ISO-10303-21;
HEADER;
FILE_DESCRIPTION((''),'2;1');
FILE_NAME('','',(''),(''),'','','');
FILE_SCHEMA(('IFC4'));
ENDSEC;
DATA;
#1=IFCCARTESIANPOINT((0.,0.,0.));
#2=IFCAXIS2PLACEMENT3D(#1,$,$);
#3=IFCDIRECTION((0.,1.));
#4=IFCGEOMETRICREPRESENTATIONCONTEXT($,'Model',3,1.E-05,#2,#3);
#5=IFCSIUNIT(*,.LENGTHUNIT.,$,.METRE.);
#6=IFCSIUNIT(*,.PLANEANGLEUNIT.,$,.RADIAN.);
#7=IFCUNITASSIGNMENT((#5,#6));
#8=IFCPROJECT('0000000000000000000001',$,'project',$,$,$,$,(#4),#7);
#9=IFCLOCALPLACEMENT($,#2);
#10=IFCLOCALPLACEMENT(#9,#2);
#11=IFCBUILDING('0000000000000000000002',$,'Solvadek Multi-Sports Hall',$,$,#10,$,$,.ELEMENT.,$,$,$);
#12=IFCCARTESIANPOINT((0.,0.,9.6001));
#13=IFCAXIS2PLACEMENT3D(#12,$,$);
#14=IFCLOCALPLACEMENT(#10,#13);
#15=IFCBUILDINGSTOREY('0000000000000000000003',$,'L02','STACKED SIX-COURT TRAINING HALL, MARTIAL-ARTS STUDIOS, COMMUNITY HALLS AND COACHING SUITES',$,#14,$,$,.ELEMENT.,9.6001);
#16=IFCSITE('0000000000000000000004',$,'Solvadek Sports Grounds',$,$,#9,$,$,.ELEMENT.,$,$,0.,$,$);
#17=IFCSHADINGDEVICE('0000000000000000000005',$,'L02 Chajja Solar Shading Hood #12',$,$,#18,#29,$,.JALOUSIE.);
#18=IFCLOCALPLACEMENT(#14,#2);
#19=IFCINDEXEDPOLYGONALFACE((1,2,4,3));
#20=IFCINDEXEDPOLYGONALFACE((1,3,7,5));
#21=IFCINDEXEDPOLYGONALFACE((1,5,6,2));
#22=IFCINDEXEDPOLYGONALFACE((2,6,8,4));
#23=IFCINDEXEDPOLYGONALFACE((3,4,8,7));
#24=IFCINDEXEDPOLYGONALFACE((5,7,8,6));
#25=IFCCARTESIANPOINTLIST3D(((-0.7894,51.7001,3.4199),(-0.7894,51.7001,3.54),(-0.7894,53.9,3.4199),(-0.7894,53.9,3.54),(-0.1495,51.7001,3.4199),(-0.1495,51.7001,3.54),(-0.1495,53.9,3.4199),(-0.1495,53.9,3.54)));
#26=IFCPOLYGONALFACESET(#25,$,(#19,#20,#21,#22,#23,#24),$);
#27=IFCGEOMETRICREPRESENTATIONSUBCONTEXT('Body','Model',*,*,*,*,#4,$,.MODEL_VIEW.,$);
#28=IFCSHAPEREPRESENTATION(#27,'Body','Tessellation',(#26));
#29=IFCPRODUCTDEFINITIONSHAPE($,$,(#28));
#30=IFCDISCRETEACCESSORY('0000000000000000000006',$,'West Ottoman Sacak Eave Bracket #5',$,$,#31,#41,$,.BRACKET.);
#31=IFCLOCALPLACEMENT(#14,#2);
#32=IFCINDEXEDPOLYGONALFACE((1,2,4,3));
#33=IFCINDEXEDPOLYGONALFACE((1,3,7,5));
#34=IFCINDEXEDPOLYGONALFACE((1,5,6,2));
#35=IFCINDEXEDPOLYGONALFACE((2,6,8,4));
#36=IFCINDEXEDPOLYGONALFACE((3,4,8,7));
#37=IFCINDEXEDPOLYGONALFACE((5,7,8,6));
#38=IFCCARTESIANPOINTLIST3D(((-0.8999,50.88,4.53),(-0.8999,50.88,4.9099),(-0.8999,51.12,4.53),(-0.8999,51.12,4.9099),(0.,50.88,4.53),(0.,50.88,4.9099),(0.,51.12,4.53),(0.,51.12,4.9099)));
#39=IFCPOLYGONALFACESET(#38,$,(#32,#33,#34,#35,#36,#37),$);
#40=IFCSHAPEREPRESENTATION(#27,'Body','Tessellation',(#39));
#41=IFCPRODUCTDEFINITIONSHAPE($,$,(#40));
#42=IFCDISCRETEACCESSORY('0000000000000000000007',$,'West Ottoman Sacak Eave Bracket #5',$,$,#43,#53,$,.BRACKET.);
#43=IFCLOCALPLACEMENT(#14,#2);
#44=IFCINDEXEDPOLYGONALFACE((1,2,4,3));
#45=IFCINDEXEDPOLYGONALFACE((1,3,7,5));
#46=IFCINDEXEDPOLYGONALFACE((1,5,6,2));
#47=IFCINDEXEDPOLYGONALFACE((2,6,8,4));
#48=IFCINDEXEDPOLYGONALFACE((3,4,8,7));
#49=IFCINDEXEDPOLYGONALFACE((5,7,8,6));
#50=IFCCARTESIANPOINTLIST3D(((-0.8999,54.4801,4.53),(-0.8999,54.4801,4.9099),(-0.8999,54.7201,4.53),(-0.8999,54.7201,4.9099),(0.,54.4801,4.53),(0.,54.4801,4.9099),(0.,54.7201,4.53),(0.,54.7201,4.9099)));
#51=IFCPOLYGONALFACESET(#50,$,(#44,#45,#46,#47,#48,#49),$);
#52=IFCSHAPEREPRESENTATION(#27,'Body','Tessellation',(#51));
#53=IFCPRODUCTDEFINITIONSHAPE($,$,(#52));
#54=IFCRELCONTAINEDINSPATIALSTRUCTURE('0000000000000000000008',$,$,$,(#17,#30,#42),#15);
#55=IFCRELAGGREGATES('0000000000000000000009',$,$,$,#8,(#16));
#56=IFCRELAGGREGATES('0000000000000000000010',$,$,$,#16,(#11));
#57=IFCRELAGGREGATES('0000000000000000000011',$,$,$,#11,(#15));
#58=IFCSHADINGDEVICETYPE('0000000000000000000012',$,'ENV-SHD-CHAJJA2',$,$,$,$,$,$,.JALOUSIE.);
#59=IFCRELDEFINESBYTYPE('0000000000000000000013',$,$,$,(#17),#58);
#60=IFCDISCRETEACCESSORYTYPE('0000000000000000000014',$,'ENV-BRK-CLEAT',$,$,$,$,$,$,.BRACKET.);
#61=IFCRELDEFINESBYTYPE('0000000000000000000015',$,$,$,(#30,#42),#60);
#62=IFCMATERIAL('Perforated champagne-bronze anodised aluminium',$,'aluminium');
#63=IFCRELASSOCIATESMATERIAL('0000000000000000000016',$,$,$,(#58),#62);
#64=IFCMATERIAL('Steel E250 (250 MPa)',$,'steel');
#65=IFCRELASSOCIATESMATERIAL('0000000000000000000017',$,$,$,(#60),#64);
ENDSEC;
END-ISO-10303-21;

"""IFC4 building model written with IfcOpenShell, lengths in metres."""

from ifc_helpers import new_model, si_unit, direction, frame, origin, origin_2d, place, context, subcontext, project, spatial, rectangle, extrude, material, type_object, element, save


model = new_model("IFC4")

# Units and contexts
model_context = context("Model", 3, precision=1e-05, world=origin(), true_north=direction((0.0, 1.0)))
body_context = subcontext(model_context, "Body", "Model", "MODEL_VIEW")
ifc_project = project(units=[si_unit("LENGTHUNIT", "METRE"), si_unit("PLANEANGLEUNIT", "RADIAN")], contexts=[model_context])

# Site, building, storey
site_placement = place(None, origin())
site = spatial("IfcSite", under=ifc_project, at=site_placement, Name="Solvadek Sports Grounds", CompositionType="ELEMENT", RefElevation=0.0)
building_placement = place(site_placement, origin())
building = spatial("IfcBuilding", under=site, at=building_placement, Name="Solvadek Multi-Sports Hall", CompositionType="ELEMENT")
storey_placement = place(building_placement, frame((0.0, 0.0, 9.6001)))
storey = spatial("IfcBuildingStorey", under=building, at=storey_placement, Name="L02", Description="STACKED SIX-COURT TRAINING HALL, MARTIAL-ARTS STUDIOS, COMMUNITY HALLS AND COACHING SUITES", CompositionType="ELEMENT", Elevation=9.6001)

# Shared definitions
ifc_material_1 = material(Name="Steel E250 (250 MPa)", Category="steel")

# Shading device
ifc_material_2 = material(Name="Perforated champagne-bronze anodised aluminium", Category="aluminium")
shading_device_type = type_object("IfcShadingDeviceType", Name="ENV-SHD-CHAJJA2", PredefinedType="JALOUSIE", material=ifc_material_2)
shading_device_placement = place(storey_placement, frame((-0.4695, 52.8, 3.4199), z_axis=(0.0, 0.0, 1.0), x_axis=(0.0, 1.0, 0.0)))
element("IfcShadingDevice", 1, at=shading_device_placement, inside=storey, type_object=shading_device_type, Name="L02 Chajja Solar Shading Hood #12", PredefinedType="JALOUSIE", context=body_context, shape_type="SweptSolid", body=[
    extrude(rectangle(XDim=2.2, YDim=0.6399, at=origin_2d()), origin(), (0.0, 0.0, 1.0), 0.1201),
])

# Discrete accessories
discrete_accessory_type = type_object("IfcDiscreteAccessoryType", Name="ENV-BRK-CLEAT", PredefinedType="BRACKET", material=ifc_material_1)
for number, where, z_axis, x_axis, name in (
    (2, (-0.45, 51.0, 4.53), (0.0, 0.0, 1.0), (1.0, 0.0, 0.0), "West Ottoman Sacak Eave Bracket #5"),
    (3, (-0.45, 54.6001, 4.53), (0.0, 0.0, 1.0), (1.0, 0.0, 0.0), "West Ottoman Sacak Eave Bracket #5"),
):
    element("IfcDiscreteAccessory", number, at=place(storey_placement, frame(where, z_axis=z_axis, x_axis=x_axis)), inside=storey, type_object=discrete_accessory_type, Name=name, PredefinedType="BRACKET", context=body_context, shape_type="SweptSolid", body=[
        extrude(rectangle(XDim=0.8999, YDim=0.24, at=origin_2d()), origin(), (0.0, 0.0, 1.0), 0.3799),
    ])

save(model, "model.ifc")
